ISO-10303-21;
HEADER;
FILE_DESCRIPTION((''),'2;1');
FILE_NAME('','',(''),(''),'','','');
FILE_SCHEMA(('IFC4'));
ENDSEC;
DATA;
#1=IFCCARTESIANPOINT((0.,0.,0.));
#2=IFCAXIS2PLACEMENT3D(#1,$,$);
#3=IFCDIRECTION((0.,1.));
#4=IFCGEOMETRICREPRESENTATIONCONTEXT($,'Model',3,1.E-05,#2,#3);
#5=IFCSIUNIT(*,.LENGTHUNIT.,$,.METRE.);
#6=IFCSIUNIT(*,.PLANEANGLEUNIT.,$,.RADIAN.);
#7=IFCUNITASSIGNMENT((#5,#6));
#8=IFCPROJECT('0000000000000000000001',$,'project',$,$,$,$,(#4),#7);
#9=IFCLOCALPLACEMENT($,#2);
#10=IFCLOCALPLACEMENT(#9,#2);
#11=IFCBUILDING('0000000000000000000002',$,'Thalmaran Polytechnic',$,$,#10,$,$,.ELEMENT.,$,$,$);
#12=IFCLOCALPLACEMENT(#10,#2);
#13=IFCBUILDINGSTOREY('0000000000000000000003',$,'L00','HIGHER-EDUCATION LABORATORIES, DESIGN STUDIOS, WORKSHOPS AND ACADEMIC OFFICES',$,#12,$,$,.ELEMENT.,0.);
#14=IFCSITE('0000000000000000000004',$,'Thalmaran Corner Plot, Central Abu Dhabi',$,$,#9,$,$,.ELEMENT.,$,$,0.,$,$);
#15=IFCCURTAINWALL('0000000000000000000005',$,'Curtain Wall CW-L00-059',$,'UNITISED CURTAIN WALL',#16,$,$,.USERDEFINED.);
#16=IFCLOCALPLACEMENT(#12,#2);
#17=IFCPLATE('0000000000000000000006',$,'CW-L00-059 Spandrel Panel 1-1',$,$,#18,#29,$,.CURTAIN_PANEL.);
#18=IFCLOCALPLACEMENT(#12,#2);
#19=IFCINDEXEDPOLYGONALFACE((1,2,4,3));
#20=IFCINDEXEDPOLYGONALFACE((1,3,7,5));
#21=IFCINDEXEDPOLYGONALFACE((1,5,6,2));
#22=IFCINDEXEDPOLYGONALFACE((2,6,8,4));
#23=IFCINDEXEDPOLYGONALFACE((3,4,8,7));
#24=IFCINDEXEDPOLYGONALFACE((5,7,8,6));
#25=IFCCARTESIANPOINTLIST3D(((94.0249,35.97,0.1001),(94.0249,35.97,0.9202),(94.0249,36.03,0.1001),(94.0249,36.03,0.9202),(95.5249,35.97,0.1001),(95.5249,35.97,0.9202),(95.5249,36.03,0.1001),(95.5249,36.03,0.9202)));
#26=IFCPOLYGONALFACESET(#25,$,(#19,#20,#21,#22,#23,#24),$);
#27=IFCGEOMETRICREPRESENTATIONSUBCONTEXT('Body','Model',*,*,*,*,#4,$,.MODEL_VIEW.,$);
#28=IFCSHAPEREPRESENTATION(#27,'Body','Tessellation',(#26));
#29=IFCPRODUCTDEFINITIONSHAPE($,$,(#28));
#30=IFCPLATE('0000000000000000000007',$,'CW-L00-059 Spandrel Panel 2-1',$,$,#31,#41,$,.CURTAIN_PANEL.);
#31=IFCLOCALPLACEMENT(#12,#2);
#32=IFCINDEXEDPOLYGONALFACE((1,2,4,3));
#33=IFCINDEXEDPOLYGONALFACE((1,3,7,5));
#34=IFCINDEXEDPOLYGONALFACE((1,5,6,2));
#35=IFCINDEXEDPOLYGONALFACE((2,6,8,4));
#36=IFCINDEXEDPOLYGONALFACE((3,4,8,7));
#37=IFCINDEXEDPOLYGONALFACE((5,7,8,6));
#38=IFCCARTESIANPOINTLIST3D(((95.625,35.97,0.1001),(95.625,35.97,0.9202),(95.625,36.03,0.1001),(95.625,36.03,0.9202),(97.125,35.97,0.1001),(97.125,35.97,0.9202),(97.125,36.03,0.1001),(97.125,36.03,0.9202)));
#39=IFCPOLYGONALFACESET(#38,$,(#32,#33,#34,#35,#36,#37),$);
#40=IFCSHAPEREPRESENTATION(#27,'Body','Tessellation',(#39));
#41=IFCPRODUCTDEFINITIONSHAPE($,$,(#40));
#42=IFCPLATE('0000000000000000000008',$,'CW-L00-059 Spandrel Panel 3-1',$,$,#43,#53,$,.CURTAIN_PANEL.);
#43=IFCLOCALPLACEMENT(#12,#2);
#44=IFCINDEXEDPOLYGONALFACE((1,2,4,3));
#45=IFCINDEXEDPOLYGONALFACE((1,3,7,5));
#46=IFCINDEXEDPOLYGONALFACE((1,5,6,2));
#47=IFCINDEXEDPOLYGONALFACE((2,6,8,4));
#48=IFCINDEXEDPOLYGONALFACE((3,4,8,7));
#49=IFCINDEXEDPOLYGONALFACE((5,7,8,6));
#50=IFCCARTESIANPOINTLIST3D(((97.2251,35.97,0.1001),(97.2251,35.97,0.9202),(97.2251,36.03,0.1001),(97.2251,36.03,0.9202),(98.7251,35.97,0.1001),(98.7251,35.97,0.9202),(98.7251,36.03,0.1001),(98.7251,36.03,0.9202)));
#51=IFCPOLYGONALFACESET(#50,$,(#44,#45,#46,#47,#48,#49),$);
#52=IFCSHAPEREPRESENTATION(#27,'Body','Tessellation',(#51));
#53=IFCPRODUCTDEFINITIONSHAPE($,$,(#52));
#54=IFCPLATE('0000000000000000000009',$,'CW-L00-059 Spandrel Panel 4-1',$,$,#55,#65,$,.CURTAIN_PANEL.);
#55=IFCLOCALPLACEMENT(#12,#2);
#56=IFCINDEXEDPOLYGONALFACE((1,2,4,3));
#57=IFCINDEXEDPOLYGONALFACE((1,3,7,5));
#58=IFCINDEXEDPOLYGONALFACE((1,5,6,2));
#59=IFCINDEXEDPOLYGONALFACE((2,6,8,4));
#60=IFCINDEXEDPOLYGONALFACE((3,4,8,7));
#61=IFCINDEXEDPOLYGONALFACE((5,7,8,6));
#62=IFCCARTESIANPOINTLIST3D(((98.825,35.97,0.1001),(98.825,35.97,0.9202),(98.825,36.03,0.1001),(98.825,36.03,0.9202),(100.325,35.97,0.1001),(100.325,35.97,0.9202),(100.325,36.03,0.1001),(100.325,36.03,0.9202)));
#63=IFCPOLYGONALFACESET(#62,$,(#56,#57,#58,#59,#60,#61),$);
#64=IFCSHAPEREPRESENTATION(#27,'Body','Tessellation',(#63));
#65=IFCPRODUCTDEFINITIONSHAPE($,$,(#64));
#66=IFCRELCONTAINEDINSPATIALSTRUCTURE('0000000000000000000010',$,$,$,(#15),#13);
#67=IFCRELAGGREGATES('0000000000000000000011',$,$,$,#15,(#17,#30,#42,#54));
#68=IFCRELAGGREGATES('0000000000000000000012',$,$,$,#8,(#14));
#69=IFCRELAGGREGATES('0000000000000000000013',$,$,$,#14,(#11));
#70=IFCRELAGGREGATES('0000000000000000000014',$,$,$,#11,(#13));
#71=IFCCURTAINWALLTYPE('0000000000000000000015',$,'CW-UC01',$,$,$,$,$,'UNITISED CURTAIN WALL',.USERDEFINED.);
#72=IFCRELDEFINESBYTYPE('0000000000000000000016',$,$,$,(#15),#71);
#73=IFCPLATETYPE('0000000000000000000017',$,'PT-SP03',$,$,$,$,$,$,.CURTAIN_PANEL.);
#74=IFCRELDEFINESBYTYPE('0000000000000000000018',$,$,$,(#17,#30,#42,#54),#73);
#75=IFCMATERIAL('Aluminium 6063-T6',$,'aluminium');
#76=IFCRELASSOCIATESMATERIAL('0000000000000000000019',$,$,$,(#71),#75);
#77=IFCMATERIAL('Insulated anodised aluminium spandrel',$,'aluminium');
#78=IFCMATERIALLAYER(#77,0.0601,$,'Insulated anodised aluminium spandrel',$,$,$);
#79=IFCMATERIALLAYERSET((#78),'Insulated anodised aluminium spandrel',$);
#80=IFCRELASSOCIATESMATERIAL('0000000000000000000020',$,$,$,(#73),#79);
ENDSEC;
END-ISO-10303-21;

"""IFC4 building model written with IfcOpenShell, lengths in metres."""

from ifc_helpers import new_model, si_unit, direction, frame, origin, origin_2d, place, context, subcontext, project, spatial, rectangle, extrude, material, layer, layer_set, type_object, element, aggregate, save


model = new_model("IFC4")

# Units and contexts
model_context = context("Model", 3, precision=1e-05, world=origin(), true_north=direction((0.0, 1.0)))
body_context = subcontext(model_context, "Body", "Model", "MODEL_VIEW")
ifc_project = project(units=[si_unit("LENGTHUNIT", "METRE"), si_unit("PLANEANGLEUNIT", "RADIAN")], contexts=[model_context])

# Site, building, storey
site_placement = place(None, origin())
site = spatial("IfcSite", under=ifc_project, at=site_placement, Name="Thalmaran Corner Plot, Central Abu Dhabi", CompositionType="ELEMENT", RefElevation=0.0)
building_placement = place(site_placement, origin())
building = spatial("IfcBuilding", under=site, at=building_placement, Name="Thalmaran Polytechnic", CompositionType="ELEMENT")
storey_placement = place(building_placement, origin())
storey = spatial("IfcBuildingStorey", under=building, at=storey_placement, Name="L00", Description="HIGHER-EDUCATION LABORATORIES, DESIGN STUDIOS, WORKSHOPS AND ACADEMIC OFFICES", CompositionType="ELEMENT", Elevation=0.0)

# Curtain wall
ifc_material_1 = material(Name="Aluminium 6063-T6", Category="aluminium")
curtain_wall_type = type_object("IfcCurtainWallType", Name="CW-UC01", ElementType="UNITISED CURTAIN WALL", PredefinedType="USERDEFINED", material=ifc_material_1)
curtain_wall_1_placement = place(storey_placement, origin())
curtain_wall_1 = element("IfcCurtainWall", 1, at=curtain_wall_1_placement, inside=storey, type_object=curtain_wall_type, Name="Curtain Wall CW-L00-059", ObjectType="UNITISED CURTAIN WALL", PredefinedType="USERDEFINED")

# Plates
ifc_material_2 = material(Name="Insulated anodised aluminium spandrel", Category="aluminium")
ifc_layer_1 = layer(ifc_material_2, 0.0601, Name="Insulated anodised aluminium spandrel")
ifc_layer_set_1 = layer_set([ifc_layer_1], Name="Insulated anodised aluminium spandrel")
plate_type_1 = type_object("IfcPlateType", Name="PT-SP03", PredefinedType="CURTAIN_PANEL", material=ifc_layer_set_1)
plate_1_placement = place(storey_placement, frame((94.7749, 36.0, 0.1001), z_axis=(0.0, 0.0, 1.0), x_axis=(1.0, 0.0, 0.0)))
plate_1 = element("IfcPlate", 2, at=plate_1_placement, type_object=plate_type_1, Name="CW-L00-059 Spandrel Panel 1-1", PredefinedType="CURTAIN_PANEL", context=body_context, shape_type="SweptSolid", body=[
    extrude(rectangle(XDim=1.5, YDim=0.0601, at=origin_2d()), origin(), (0.0, 0.0, 1.0), 0.8201),
])
plate_2_placement = place(storey_placement, frame((96.375, 36.0, 0.1001), z_axis=(0.0, 0.0, 1.0), x_axis=(1.0, 0.0, 0.0)))
plate_2 = element("IfcPlate", 3, at=plate_2_placement, type_object=plate_type_1, Name="CW-L00-059 Spandrel Panel 2-1", PredefinedType="CURTAIN_PANEL", context=body_context, shape_type="SweptSolid", body=[
    extrude(rectangle(XDim=1.5, YDim=0.0601, at=origin_2d()), origin(), (0.0, 0.0, 1.0), 0.8201),
])
plate_3_placement = place(storey_placement, frame((97.9751, 36.0, 0.1001), z_axis=(0.0, 0.0, 1.0), x_axis=(1.0, 0.0, 0.0)))
plate_3 = element("IfcPlate", 4, at=plate_3_placement, type_object=plate_type_1, Name="CW-L00-059 Spandrel Panel 3-1", PredefinedType="CURTAIN_PANEL", context=body_context, shape_type="SweptSolid", body=[
    extrude(rectangle(XDim=1.5, YDim=0.0601, at=origin_2d()), origin(), (0.0, 0.0, 1.0), 0.8201),
])
plate_4_placement = place(storey_placement, frame((99.575, 36.0, 0.1001), z_axis=(0.0, 0.0, 1.0), x_axis=(1.0, 0.0, 0.0)))
plate_4 = element("IfcPlate", 5, at=plate_4_placement, type_object=plate_type_1, Name="CW-L00-059 Spandrel Panel 4-1", PredefinedType="CURTAIN_PANEL", context=body_context, shape_type="SweptSolid", body=[
    extrude(rectangle(XDim=1.5, YDim=0.0601, at=origin_2d()), origin(), (0.0, 0.0, 1.0), 0.8201),
])
aggregate(curtain_wall_1, [plate_1, plate_2, plate_3, plate_4])

save(model, "model.ifc")
